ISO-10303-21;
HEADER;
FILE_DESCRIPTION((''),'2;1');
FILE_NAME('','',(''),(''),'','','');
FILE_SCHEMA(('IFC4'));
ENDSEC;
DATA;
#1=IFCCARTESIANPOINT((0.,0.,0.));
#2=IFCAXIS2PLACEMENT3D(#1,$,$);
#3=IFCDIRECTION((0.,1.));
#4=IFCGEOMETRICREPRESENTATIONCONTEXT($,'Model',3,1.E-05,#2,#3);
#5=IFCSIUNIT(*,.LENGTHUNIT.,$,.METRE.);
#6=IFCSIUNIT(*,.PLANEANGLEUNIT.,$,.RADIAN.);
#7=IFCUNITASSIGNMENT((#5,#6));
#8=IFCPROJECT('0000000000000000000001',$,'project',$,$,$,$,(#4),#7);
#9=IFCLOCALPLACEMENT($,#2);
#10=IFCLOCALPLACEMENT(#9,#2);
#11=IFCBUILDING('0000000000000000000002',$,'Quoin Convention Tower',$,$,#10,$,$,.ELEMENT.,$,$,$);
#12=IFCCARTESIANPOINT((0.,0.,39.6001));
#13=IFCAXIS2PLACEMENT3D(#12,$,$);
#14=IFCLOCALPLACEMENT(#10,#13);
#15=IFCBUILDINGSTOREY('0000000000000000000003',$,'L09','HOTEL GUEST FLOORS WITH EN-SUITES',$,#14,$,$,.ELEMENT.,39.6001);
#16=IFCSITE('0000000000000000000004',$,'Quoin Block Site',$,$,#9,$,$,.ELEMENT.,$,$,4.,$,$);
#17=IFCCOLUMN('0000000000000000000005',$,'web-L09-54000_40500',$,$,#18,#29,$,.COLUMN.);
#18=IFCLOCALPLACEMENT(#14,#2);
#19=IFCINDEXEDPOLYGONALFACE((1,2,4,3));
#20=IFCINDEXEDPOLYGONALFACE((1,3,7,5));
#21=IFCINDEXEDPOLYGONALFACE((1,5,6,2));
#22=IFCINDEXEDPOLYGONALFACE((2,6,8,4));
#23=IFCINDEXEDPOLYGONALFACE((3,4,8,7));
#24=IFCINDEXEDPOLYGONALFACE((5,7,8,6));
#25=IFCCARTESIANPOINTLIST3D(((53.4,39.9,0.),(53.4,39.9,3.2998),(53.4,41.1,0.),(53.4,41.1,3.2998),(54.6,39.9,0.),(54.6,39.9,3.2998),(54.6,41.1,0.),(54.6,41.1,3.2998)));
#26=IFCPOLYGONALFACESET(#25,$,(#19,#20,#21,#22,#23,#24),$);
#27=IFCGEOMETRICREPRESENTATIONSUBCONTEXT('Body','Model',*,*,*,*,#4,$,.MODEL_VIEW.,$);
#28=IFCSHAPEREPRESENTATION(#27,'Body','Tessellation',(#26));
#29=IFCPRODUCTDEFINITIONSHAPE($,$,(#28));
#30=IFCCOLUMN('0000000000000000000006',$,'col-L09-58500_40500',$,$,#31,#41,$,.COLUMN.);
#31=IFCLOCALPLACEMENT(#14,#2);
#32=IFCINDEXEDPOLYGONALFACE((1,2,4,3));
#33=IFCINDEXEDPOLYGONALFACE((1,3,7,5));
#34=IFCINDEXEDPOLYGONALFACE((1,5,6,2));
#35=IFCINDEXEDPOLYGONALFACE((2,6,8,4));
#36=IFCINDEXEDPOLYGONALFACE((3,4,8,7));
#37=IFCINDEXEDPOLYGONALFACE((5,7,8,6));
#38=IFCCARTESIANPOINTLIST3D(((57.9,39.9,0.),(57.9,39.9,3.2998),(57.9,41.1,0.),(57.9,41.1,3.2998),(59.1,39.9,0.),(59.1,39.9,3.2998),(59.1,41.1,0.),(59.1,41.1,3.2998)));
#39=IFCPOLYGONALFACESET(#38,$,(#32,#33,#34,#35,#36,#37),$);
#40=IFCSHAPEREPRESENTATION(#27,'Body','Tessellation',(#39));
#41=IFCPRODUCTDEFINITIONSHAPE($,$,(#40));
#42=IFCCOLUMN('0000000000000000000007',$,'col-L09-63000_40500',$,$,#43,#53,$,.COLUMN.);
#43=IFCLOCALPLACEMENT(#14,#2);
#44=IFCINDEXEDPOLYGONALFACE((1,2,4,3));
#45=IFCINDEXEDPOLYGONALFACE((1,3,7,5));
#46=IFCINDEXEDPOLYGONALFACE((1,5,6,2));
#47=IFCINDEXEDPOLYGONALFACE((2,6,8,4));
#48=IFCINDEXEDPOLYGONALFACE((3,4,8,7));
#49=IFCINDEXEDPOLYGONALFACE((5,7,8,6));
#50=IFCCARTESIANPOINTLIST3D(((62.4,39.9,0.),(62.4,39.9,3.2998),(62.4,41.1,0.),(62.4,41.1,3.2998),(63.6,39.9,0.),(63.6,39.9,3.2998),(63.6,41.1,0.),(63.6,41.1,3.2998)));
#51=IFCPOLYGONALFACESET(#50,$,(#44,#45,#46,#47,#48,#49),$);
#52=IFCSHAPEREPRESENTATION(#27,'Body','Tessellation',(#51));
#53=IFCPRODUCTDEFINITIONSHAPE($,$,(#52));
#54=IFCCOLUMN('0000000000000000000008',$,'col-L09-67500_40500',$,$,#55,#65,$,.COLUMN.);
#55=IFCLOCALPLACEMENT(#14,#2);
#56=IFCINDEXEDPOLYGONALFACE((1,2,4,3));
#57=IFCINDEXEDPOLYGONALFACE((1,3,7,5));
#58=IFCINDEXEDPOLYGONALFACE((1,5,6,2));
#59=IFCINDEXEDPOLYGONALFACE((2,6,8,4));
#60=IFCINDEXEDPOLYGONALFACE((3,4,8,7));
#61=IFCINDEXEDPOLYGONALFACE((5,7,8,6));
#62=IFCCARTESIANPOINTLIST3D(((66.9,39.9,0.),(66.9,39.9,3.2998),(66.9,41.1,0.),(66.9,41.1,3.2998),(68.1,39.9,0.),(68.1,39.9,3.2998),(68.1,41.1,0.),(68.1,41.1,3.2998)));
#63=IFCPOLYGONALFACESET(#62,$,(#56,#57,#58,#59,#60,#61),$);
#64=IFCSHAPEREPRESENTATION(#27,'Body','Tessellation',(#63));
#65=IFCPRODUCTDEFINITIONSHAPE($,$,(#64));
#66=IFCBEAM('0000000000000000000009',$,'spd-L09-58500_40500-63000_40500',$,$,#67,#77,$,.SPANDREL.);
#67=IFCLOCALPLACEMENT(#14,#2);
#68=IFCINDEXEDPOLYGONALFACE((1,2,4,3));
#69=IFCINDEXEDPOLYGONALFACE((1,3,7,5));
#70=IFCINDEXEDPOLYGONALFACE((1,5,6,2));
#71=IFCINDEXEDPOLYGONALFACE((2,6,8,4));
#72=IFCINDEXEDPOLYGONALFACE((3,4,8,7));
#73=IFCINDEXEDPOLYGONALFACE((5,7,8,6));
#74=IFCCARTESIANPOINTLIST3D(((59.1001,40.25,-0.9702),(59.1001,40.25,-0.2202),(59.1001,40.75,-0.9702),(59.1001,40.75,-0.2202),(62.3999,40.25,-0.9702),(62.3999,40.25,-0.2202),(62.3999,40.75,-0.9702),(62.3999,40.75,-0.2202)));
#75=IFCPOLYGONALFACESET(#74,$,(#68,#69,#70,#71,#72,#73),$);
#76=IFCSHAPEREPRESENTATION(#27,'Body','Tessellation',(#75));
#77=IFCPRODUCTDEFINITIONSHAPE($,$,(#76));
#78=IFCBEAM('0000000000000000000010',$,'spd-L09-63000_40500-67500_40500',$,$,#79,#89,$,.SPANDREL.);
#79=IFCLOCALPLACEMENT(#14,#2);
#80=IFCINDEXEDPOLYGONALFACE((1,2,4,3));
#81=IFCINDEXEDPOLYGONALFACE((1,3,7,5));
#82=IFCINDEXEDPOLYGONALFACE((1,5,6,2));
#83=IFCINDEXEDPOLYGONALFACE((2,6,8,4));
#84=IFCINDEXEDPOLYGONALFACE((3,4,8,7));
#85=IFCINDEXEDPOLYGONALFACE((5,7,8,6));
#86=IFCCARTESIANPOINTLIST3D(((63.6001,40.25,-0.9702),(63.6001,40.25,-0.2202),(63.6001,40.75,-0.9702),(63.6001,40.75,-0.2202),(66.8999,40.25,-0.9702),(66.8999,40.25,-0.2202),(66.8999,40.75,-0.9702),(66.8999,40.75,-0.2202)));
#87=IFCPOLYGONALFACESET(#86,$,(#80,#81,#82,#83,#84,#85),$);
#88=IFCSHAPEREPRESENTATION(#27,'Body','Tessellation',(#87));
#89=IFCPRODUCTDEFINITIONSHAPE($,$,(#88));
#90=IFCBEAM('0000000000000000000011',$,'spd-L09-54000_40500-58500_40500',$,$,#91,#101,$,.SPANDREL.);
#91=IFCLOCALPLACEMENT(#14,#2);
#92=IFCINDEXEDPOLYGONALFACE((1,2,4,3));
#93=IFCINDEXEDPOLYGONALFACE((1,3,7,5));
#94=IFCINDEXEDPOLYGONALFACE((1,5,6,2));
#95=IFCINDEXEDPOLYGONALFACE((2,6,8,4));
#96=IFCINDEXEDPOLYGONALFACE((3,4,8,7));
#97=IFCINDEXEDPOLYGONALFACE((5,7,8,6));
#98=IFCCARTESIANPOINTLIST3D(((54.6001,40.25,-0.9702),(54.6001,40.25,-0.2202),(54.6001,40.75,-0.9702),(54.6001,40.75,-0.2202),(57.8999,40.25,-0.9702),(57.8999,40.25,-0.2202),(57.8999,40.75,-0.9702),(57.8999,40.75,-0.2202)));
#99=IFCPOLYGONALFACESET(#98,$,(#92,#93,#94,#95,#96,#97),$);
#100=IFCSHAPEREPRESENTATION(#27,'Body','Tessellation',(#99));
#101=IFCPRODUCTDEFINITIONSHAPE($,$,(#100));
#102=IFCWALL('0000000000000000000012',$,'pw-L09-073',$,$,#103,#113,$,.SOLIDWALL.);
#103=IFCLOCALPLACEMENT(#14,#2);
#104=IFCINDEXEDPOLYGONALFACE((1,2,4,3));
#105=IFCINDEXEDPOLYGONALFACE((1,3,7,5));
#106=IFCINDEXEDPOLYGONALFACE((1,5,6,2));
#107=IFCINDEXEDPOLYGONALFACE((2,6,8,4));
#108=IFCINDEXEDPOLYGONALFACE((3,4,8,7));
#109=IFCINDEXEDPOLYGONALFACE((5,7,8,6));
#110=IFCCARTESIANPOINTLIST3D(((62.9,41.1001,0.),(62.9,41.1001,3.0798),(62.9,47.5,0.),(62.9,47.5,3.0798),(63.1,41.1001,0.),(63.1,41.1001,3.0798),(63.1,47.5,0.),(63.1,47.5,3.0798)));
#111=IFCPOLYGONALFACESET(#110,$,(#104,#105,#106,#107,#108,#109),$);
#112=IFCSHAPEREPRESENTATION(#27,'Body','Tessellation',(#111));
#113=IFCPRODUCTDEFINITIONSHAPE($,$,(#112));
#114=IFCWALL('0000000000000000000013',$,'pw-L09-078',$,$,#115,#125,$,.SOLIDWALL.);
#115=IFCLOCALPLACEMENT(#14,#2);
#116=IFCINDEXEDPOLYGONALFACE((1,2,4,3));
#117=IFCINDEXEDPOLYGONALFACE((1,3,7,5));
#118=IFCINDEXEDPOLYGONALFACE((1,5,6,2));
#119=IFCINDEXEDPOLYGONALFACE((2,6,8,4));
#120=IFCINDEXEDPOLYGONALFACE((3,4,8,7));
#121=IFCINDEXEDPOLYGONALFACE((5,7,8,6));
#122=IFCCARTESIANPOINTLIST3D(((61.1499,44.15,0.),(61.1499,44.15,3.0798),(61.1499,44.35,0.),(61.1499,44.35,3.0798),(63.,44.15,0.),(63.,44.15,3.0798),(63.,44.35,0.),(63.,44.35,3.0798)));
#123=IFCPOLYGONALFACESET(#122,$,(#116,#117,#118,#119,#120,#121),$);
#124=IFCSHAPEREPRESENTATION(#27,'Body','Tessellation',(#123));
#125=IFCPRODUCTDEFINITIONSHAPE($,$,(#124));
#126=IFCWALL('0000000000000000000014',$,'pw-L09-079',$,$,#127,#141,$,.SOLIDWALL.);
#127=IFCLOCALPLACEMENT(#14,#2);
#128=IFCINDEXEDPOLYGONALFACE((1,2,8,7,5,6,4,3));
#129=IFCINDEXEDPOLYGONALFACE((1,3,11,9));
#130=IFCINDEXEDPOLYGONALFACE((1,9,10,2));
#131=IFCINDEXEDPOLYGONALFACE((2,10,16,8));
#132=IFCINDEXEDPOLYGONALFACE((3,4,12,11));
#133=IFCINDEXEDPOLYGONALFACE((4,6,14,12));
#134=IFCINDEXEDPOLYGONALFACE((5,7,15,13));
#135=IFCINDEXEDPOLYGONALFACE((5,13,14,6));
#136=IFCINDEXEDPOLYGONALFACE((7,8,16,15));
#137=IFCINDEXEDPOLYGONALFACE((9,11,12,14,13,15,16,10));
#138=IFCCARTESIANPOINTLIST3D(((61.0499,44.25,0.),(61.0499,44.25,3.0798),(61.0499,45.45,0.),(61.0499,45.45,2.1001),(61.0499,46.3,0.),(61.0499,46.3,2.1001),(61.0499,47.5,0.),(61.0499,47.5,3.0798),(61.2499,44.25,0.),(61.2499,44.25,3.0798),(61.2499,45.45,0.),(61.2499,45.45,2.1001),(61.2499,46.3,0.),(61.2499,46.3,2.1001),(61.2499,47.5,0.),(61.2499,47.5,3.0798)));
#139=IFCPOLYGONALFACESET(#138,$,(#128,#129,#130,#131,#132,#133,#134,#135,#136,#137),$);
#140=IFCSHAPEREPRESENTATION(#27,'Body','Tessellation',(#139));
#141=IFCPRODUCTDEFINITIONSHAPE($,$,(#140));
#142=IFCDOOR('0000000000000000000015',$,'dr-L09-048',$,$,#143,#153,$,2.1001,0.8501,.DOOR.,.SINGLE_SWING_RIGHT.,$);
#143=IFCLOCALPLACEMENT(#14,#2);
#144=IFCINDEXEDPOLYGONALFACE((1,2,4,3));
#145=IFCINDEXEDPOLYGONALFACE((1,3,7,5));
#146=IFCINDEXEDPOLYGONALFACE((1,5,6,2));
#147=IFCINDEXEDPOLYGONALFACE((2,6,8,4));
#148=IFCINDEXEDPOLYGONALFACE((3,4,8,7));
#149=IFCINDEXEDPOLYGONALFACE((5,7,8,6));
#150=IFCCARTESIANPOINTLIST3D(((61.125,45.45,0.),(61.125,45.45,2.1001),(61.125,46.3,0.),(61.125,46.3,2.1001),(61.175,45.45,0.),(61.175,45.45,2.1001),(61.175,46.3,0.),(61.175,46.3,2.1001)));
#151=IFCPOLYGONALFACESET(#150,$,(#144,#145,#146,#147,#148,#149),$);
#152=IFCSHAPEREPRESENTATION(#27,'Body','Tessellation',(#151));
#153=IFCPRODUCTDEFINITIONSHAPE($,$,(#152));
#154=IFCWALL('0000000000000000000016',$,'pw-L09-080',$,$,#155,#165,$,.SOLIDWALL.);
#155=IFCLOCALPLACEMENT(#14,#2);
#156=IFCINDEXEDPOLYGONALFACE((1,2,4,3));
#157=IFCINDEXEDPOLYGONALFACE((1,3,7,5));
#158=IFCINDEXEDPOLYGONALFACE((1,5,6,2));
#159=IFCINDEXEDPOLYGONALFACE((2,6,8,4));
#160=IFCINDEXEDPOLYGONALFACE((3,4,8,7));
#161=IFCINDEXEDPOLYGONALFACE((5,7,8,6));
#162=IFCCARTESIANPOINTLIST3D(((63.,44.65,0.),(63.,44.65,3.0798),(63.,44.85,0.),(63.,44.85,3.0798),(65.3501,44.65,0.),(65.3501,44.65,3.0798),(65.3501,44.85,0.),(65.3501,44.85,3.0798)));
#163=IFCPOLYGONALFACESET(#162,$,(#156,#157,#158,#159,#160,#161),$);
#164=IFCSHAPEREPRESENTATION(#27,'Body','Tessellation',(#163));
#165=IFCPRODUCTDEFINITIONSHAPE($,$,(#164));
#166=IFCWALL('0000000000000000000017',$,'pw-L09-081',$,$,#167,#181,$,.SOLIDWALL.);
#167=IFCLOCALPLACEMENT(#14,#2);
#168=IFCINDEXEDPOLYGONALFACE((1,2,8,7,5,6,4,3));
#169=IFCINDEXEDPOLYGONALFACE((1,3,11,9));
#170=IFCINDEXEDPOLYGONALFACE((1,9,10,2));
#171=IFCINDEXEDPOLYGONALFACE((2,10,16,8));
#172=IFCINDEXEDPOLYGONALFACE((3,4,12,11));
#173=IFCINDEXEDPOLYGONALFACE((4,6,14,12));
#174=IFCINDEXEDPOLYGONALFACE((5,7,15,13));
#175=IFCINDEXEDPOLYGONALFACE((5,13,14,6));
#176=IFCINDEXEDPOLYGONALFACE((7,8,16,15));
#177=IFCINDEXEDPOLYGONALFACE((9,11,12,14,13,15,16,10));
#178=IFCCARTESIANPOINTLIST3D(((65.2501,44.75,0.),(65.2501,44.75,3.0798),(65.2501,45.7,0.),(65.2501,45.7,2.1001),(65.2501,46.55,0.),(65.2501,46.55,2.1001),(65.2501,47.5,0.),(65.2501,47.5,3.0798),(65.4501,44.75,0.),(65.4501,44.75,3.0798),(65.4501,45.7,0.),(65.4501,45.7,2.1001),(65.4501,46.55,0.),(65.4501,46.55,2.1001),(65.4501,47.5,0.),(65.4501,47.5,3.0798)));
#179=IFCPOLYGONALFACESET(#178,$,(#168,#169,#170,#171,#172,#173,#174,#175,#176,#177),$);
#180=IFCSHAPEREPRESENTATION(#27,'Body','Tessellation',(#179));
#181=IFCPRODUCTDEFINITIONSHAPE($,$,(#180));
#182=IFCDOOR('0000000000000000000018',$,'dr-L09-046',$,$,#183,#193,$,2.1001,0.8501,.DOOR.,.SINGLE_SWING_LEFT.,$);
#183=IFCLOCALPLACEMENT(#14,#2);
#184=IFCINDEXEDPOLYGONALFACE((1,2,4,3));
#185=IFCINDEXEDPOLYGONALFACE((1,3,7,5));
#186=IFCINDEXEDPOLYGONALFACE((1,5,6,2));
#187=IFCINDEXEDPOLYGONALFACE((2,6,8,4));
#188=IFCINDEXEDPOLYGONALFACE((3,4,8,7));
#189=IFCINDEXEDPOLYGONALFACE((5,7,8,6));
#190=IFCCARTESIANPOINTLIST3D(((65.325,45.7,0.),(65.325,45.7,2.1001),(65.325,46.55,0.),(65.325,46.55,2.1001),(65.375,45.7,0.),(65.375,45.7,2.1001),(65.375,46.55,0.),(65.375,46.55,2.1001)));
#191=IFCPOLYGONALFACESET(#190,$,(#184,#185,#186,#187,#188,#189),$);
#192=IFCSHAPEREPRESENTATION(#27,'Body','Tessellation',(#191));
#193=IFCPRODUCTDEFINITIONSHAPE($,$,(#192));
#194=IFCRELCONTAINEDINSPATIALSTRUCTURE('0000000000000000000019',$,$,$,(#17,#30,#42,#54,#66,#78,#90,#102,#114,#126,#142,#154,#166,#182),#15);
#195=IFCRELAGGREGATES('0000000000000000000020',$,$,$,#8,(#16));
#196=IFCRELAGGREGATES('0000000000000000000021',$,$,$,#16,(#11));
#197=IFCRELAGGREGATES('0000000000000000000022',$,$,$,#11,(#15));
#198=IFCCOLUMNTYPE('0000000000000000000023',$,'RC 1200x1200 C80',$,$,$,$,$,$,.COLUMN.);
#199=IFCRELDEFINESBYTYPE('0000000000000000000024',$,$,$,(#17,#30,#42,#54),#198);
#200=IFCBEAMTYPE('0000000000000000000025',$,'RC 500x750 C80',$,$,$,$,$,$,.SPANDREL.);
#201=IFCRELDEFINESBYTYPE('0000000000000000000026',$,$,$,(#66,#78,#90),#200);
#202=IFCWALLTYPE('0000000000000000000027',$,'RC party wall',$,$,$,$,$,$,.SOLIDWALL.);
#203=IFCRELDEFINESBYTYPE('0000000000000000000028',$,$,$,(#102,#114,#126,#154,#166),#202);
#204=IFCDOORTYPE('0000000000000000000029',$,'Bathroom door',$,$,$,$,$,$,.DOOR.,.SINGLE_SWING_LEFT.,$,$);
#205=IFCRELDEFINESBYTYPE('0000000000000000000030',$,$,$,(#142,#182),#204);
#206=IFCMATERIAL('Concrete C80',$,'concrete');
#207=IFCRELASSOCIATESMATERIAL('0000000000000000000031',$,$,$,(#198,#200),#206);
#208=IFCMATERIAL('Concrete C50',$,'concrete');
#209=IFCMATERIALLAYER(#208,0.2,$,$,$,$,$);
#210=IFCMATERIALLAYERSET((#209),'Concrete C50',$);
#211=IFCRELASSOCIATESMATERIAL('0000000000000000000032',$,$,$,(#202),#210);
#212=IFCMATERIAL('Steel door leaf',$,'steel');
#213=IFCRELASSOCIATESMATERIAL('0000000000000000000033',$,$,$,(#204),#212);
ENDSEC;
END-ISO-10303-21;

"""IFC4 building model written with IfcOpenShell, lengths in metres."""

from ifc_helpers import new_model, si_unit, direction, frame, frame_2d, origin, origin_2d, place, context, subcontext, project, spatial, rectangle, extrude, material, layer, layer_set, material_profile, profile_set, type_object, element, fill, save


model = new_model("IFC4")

# Units and contexts
model_context = context("Model", 3, precision=1e-05, world=origin(), true_north=direction((0.0, 1.0)))
body_context = subcontext(model_context, "Body", "Model", "MODEL_VIEW")
ifc_project = project(units=[si_unit("LENGTHUNIT", "METRE"), si_unit("PLANEANGLEUNIT", "RADIAN")], contexts=[model_context])

# Site, building, storey
site_placement = place(None, origin())
site = spatial("IfcSite", under=ifc_project, at=site_placement, Name="Quoin Block Site", CompositionType="ELEMENT", RefElevation=4.0)
building_placement = place(site_placement, origin())
building = spatial("IfcBuilding", under=site, at=building_placement, Name="Quoin Convention Tower", CompositionType="ELEMENT")
storey_placement = place(building_placement, frame((0.0, 0.0, 39.6001)))
storey = spatial("IfcBuildingStorey", under=building, at=storey_placement, Name="L09", Description="HOTEL GUEST FLOORS WITH EN-SUITES", CompositionType="ELEMENT", Elevation=39.6001)

# Columns
ifc_material_1 = material(Name="Concrete C80", Category="concrete")
ifc_material_profile_1 = material_profile(ifc_material_1, rectangle(XDim=1.2, YDim=1.2, at=origin_2d()), Name="RC 1200x1200")
ifc_profile_set_1 = profile_set([ifc_material_profile_1], Name="Concrete C80")
column_type = type_object("IfcColumnType", Name="RC 1200x1200 C80", PredefinedType="COLUMN", material=ifc_profile_set_1)
for number, where, z_axis, x_axis, name in (
    (1, (54.0, 40.5, 0.0), (0.0, 0.0, 1.0), (1.0, 0.0, 0.0), "web-L09-54000_40500"),
    (2, (58.5, 40.5, 0.0), (0.0, 0.0, 1.0), (1.0, 0.0, 0.0), "col-L09-58500_40500"),
    (3, (63.0, 40.5, 0.0), (0.0, 0.0, 1.0), (1.0, 0.0, 0.0), "col-L09-63000_40500"),
    (4, (67.5, 40.5, 0.0), (0.0, 0.0, 1.0), (1.0, 0.0, 0.0), "col-L09-67500_40500"),
):
    element("IfcColumn", number, at=place(storey_placement, frame(where, z_axis=z_axis, x_axis=x_axis)), inside=storey, type_object=column_type, Name=name, PredefinedType="COLUMN", context=body_context, shape_type="SweptSolid", body=[
        extrude(rectangle(XDim=1.2, YDim=1.2, at=origin_2d()), origin(), (0.0, 0.0, 1.0), 3.2998),
    ])

# Beams
ifc_material_profile_2 = material_profile(ifc_material_1, rectangle(XDim=0.5, YDim=0.75, at=origin_2d()), Name="RC 500x750")
ifc_profile_set_2 = profile_set([ifc_material_profile_2], Name="Concrete C80")
beam_type = type_object("IfcBeamType", Name="RC 500x750 C80", PredefinedType="SPANDREL", material=ifc_profile_set_2)
for number, where, z_axis, x_axis, name in (
    (5, (59.1001, 40.5, -0.5952), (1.0, 0.0, 0.0), (0.0, 1.0, 0.0), "spd-L09-58500_40500-63000_40500"),
    (6, (63.6001, 40.5, -0.5952), (1.0, 0.0, 0.0), (0.0, 1.0, 0.0), "spd-L09-63000_40500-67500_40500"),
    (7, (54.6001, 40.5, -0.5952), (1.0, 0.0, 0.0), (0.0, 1.0, 0.0), "spd-L09-54000_40500-58500_40500"),
):
    element("IfcBeam", number, at=place(storey_placement, frame(where, z_axis=z_axis, x_axis=x_axis)), inside=storey, type_object=beam_type, Name=name, PredefinedType="SPANDREL", context=body_context, shape_type="SweptSolid", body=[
        extrude(rectangle(XDim=0.5, YDim=0.75, at=origin_2d()), origin(), (0.0, 0.0, 1.0), 3.2998),
    ])

# Walls
ifc_material_2 = material(Name="Concrete C50", Category="concrete")
ifc_layer_1 = layer(ifc_material_2, 0.2)
ifc_layer_set_1 = layer_set([ifc_layer_1], Name="Concrete C50")
wall_type_1 = type_object("IfcWallType", Name="RC party wall", PredefinedType="SOLIDWALL", material=ifc_layer_set_1)
wall_1_placement = place(storey_placement, frame((63.0, 41.1001, 0.0), z_axis=(0.0, 0.0, 1.0), x_axis=(0.0, 1.0, 0.0)))
element("IfcWall", 8, at=wall_1_placement, inside=storey, type_object=wall_type_1, Name="pw-L09-073", PredefinedType="SOLIDWALL", context=body_context, shape_type="SweptSolid", body=[
    extrude(rectangle(XDim=6.3999, YDim=0.2, at=frame_2d((3.2, 0.0))), origin(), (0.0, 0.0, 1.0), 3.0798),
])
wall_2_placement = place(storey_placement, frame((61.1499, 44.25, 0.0), z_axis=(0.0, 0.0, 1.0), x_axis=(1.0, 0.0, 0.0)))
element("IfcWall", 9, at=wall_2_placement, inside=storey, type_object=wall_type_1, Name="pw-L09-078", PredefinedType="SOLIDWALL", context=body_context, shape_type="SweptSolid", body=[
    extrude(rectangle(XDim=1.8501, YDim=0.2, at=frame_2d((0.925, 0.0))), origin(), (0.0, 0.0, 1.0), 3.0798),
])

# Wall, opening, door
wall_3_placement = place(storey_placement, frame((61.1499, 44.25, 0.0), z_axis=(0.0, 0.0, 1.0), x_axis=(0.0, 1.0, 0.0)))
wall_3 = element("IfcWall", 10, at=wall_3_placement, inside=storey, type_object=wall_type_1, Name="pw-L09-079", PredefinedType="SOLIDWALL", context=body_context, shape_type="SweptSolid", body=[
    extrude(rectangle(XDim=3.25, YDim=0.2, at=frame_2d((1.625, 0.0))), origin(), (0.0, 0.0, 1.0), 3.0798),
])
opening_1_placement = place(wall_3_placement, frame((1.2, 0.0, 0.0)))
opening_1 = element("IfcOpeningElement", 11, at=opening_1_placement, cuts=wall_3, PredefinedType="OPENING", context=body_context, shape_type="SweptSolid", body=[
    extrude(rectangle(XDim=0.8501, YDim=2.1001, at=frame_2d((0.425, 1.05))), frame((0.0, 0.1099, 0.0), z_axis=(0.0, -1.0, 0.0), x_axis=(1.0, 0.0, 0.0)), (0.0, 0.0, 1.0), 0.22),
])
ifc_material_3 = material(Name="Steel door leaf", Category="steel")
door_type = type_object("IfcDoorType", Name="Bathroom door", OperationType="SINGLE_SWING_LEFT", PredefinedType="DOOR", material=ifc_material_3)
door_1_placement = place(opening_1_placement, origin())
door_1 = element("IfcDoor", 12, at=door_1_placement, inside=storey, type_object=door_type, Name="dr-L09-048", OperationType="SINGLE_SWING_RIGHT", OverallHeight=2.1001, OverallWidth=0.8501, PredefinedType="DOOR", context=body_context, shape_type="SweptSolid", body=[
    extrude(rectangle(XDim=0.8501, YDim=2.1001, at=frame_2d((0.425, 1.05))), frame((0.0, 0.0249, 0.0), z_axis=(0.0, -1.0, 0.0), x_axis=(1.0, 0.0, 0.0)), (0.0, 0.0, 1.0), 0.05),
])
fill(opening_1, door_1)

# Wall
wall_4_placement = place(storey_placement, frame((63.0, 44.75, 0.0), z_axis=(0.0, 0.0, 1.0), x_axis=(1.0, 0.0, 0.0)))
element("IfcWall", 13, at=wall_4_placement, inside=storey, type_object=wall_type_1, Name="pw-L09-080", PredefinedType="SOLIDWALL", context=body_context, shape_type="SweptSolid", body=[
    extrude(rectangle(XDim=2.3501, YDim=0.2, at=frame_2d((1.175, 0.0))), origin(), (0.0, 0.0, 1.0), 3.0798),
])

# Wall, opening, door
wall_5_placement = place(storey_placement, frame((65.3501, 44.75, 0.0), z_axis=(0.0, 0.0, 1.0), x_axis=(0.0, 1.0, 0.0)))
wall_5 = element("IfcWall", 14, at=wall_5_placement, inside=storey, type_object=wall_type_1, Name="pw-L09-081", PredefinedType="SOLIDWALL", context=body_context, shape_type="SweptSolid", body=[
    extrude(rectangle(XDim=2.75, YDim=0.2, at=frame_2d((1.375, 0.0))), origin(), (0.0, 0.0, 1.0), 3.0798),
])
opening_2_placement = place(wall_5_placement, frame((0.95, 0.0, 0.0)))
opening_2 = element("IfcOpeningElement", 15, at=opening_2_placement, cuts=wall_5, PredefinedType="OPENING", context=body_context, shape_type="SweptSolid", body=[
    extrude(rectangle(XDim=0.8501, YDim=2.1001, at=frame_2d((0.425, 1.05))), frame((0.0, 0.1099, 0.0), z_axis=(0.0, -1.0, 0.0), x_axis=(1.0, 0.0, 0.0)), (0.0, 0.0, 1.0), 0.22),
])
door_2_placement = place(opening_2_placement, frame((0.8501, 0.0, 0.0), z_axis=(0.0, 0.0, 1.0), x_axis=(-1.0, 0.0, 0.0)))
door_2 = element("IfcDoor", 16, at=door_2_placement, inside=storey, type_object=door_type, Name="dr-L09-046", OperationType="SINGLE_SWING_LEFT", OverallHeight=2.1001, OverallWidth=0.8501, PredefinedType="DOOR", context=body_context, shape_type="SweptSolid", body=[
    extrude(rectangle(XDim=0.8501, YDim=2.1001, at=frame_2d((0.425, 1.05))), frame((0.0, 0.0249, 0.0), z_axis=(0.0, -1.0, 0.0), x_axis=(1.0, 0.0, 0.0)), (0.0, 0.0, 1.0), 0.05),
])
fill(opening_2, door_2)

save(model, "model.ifc")
